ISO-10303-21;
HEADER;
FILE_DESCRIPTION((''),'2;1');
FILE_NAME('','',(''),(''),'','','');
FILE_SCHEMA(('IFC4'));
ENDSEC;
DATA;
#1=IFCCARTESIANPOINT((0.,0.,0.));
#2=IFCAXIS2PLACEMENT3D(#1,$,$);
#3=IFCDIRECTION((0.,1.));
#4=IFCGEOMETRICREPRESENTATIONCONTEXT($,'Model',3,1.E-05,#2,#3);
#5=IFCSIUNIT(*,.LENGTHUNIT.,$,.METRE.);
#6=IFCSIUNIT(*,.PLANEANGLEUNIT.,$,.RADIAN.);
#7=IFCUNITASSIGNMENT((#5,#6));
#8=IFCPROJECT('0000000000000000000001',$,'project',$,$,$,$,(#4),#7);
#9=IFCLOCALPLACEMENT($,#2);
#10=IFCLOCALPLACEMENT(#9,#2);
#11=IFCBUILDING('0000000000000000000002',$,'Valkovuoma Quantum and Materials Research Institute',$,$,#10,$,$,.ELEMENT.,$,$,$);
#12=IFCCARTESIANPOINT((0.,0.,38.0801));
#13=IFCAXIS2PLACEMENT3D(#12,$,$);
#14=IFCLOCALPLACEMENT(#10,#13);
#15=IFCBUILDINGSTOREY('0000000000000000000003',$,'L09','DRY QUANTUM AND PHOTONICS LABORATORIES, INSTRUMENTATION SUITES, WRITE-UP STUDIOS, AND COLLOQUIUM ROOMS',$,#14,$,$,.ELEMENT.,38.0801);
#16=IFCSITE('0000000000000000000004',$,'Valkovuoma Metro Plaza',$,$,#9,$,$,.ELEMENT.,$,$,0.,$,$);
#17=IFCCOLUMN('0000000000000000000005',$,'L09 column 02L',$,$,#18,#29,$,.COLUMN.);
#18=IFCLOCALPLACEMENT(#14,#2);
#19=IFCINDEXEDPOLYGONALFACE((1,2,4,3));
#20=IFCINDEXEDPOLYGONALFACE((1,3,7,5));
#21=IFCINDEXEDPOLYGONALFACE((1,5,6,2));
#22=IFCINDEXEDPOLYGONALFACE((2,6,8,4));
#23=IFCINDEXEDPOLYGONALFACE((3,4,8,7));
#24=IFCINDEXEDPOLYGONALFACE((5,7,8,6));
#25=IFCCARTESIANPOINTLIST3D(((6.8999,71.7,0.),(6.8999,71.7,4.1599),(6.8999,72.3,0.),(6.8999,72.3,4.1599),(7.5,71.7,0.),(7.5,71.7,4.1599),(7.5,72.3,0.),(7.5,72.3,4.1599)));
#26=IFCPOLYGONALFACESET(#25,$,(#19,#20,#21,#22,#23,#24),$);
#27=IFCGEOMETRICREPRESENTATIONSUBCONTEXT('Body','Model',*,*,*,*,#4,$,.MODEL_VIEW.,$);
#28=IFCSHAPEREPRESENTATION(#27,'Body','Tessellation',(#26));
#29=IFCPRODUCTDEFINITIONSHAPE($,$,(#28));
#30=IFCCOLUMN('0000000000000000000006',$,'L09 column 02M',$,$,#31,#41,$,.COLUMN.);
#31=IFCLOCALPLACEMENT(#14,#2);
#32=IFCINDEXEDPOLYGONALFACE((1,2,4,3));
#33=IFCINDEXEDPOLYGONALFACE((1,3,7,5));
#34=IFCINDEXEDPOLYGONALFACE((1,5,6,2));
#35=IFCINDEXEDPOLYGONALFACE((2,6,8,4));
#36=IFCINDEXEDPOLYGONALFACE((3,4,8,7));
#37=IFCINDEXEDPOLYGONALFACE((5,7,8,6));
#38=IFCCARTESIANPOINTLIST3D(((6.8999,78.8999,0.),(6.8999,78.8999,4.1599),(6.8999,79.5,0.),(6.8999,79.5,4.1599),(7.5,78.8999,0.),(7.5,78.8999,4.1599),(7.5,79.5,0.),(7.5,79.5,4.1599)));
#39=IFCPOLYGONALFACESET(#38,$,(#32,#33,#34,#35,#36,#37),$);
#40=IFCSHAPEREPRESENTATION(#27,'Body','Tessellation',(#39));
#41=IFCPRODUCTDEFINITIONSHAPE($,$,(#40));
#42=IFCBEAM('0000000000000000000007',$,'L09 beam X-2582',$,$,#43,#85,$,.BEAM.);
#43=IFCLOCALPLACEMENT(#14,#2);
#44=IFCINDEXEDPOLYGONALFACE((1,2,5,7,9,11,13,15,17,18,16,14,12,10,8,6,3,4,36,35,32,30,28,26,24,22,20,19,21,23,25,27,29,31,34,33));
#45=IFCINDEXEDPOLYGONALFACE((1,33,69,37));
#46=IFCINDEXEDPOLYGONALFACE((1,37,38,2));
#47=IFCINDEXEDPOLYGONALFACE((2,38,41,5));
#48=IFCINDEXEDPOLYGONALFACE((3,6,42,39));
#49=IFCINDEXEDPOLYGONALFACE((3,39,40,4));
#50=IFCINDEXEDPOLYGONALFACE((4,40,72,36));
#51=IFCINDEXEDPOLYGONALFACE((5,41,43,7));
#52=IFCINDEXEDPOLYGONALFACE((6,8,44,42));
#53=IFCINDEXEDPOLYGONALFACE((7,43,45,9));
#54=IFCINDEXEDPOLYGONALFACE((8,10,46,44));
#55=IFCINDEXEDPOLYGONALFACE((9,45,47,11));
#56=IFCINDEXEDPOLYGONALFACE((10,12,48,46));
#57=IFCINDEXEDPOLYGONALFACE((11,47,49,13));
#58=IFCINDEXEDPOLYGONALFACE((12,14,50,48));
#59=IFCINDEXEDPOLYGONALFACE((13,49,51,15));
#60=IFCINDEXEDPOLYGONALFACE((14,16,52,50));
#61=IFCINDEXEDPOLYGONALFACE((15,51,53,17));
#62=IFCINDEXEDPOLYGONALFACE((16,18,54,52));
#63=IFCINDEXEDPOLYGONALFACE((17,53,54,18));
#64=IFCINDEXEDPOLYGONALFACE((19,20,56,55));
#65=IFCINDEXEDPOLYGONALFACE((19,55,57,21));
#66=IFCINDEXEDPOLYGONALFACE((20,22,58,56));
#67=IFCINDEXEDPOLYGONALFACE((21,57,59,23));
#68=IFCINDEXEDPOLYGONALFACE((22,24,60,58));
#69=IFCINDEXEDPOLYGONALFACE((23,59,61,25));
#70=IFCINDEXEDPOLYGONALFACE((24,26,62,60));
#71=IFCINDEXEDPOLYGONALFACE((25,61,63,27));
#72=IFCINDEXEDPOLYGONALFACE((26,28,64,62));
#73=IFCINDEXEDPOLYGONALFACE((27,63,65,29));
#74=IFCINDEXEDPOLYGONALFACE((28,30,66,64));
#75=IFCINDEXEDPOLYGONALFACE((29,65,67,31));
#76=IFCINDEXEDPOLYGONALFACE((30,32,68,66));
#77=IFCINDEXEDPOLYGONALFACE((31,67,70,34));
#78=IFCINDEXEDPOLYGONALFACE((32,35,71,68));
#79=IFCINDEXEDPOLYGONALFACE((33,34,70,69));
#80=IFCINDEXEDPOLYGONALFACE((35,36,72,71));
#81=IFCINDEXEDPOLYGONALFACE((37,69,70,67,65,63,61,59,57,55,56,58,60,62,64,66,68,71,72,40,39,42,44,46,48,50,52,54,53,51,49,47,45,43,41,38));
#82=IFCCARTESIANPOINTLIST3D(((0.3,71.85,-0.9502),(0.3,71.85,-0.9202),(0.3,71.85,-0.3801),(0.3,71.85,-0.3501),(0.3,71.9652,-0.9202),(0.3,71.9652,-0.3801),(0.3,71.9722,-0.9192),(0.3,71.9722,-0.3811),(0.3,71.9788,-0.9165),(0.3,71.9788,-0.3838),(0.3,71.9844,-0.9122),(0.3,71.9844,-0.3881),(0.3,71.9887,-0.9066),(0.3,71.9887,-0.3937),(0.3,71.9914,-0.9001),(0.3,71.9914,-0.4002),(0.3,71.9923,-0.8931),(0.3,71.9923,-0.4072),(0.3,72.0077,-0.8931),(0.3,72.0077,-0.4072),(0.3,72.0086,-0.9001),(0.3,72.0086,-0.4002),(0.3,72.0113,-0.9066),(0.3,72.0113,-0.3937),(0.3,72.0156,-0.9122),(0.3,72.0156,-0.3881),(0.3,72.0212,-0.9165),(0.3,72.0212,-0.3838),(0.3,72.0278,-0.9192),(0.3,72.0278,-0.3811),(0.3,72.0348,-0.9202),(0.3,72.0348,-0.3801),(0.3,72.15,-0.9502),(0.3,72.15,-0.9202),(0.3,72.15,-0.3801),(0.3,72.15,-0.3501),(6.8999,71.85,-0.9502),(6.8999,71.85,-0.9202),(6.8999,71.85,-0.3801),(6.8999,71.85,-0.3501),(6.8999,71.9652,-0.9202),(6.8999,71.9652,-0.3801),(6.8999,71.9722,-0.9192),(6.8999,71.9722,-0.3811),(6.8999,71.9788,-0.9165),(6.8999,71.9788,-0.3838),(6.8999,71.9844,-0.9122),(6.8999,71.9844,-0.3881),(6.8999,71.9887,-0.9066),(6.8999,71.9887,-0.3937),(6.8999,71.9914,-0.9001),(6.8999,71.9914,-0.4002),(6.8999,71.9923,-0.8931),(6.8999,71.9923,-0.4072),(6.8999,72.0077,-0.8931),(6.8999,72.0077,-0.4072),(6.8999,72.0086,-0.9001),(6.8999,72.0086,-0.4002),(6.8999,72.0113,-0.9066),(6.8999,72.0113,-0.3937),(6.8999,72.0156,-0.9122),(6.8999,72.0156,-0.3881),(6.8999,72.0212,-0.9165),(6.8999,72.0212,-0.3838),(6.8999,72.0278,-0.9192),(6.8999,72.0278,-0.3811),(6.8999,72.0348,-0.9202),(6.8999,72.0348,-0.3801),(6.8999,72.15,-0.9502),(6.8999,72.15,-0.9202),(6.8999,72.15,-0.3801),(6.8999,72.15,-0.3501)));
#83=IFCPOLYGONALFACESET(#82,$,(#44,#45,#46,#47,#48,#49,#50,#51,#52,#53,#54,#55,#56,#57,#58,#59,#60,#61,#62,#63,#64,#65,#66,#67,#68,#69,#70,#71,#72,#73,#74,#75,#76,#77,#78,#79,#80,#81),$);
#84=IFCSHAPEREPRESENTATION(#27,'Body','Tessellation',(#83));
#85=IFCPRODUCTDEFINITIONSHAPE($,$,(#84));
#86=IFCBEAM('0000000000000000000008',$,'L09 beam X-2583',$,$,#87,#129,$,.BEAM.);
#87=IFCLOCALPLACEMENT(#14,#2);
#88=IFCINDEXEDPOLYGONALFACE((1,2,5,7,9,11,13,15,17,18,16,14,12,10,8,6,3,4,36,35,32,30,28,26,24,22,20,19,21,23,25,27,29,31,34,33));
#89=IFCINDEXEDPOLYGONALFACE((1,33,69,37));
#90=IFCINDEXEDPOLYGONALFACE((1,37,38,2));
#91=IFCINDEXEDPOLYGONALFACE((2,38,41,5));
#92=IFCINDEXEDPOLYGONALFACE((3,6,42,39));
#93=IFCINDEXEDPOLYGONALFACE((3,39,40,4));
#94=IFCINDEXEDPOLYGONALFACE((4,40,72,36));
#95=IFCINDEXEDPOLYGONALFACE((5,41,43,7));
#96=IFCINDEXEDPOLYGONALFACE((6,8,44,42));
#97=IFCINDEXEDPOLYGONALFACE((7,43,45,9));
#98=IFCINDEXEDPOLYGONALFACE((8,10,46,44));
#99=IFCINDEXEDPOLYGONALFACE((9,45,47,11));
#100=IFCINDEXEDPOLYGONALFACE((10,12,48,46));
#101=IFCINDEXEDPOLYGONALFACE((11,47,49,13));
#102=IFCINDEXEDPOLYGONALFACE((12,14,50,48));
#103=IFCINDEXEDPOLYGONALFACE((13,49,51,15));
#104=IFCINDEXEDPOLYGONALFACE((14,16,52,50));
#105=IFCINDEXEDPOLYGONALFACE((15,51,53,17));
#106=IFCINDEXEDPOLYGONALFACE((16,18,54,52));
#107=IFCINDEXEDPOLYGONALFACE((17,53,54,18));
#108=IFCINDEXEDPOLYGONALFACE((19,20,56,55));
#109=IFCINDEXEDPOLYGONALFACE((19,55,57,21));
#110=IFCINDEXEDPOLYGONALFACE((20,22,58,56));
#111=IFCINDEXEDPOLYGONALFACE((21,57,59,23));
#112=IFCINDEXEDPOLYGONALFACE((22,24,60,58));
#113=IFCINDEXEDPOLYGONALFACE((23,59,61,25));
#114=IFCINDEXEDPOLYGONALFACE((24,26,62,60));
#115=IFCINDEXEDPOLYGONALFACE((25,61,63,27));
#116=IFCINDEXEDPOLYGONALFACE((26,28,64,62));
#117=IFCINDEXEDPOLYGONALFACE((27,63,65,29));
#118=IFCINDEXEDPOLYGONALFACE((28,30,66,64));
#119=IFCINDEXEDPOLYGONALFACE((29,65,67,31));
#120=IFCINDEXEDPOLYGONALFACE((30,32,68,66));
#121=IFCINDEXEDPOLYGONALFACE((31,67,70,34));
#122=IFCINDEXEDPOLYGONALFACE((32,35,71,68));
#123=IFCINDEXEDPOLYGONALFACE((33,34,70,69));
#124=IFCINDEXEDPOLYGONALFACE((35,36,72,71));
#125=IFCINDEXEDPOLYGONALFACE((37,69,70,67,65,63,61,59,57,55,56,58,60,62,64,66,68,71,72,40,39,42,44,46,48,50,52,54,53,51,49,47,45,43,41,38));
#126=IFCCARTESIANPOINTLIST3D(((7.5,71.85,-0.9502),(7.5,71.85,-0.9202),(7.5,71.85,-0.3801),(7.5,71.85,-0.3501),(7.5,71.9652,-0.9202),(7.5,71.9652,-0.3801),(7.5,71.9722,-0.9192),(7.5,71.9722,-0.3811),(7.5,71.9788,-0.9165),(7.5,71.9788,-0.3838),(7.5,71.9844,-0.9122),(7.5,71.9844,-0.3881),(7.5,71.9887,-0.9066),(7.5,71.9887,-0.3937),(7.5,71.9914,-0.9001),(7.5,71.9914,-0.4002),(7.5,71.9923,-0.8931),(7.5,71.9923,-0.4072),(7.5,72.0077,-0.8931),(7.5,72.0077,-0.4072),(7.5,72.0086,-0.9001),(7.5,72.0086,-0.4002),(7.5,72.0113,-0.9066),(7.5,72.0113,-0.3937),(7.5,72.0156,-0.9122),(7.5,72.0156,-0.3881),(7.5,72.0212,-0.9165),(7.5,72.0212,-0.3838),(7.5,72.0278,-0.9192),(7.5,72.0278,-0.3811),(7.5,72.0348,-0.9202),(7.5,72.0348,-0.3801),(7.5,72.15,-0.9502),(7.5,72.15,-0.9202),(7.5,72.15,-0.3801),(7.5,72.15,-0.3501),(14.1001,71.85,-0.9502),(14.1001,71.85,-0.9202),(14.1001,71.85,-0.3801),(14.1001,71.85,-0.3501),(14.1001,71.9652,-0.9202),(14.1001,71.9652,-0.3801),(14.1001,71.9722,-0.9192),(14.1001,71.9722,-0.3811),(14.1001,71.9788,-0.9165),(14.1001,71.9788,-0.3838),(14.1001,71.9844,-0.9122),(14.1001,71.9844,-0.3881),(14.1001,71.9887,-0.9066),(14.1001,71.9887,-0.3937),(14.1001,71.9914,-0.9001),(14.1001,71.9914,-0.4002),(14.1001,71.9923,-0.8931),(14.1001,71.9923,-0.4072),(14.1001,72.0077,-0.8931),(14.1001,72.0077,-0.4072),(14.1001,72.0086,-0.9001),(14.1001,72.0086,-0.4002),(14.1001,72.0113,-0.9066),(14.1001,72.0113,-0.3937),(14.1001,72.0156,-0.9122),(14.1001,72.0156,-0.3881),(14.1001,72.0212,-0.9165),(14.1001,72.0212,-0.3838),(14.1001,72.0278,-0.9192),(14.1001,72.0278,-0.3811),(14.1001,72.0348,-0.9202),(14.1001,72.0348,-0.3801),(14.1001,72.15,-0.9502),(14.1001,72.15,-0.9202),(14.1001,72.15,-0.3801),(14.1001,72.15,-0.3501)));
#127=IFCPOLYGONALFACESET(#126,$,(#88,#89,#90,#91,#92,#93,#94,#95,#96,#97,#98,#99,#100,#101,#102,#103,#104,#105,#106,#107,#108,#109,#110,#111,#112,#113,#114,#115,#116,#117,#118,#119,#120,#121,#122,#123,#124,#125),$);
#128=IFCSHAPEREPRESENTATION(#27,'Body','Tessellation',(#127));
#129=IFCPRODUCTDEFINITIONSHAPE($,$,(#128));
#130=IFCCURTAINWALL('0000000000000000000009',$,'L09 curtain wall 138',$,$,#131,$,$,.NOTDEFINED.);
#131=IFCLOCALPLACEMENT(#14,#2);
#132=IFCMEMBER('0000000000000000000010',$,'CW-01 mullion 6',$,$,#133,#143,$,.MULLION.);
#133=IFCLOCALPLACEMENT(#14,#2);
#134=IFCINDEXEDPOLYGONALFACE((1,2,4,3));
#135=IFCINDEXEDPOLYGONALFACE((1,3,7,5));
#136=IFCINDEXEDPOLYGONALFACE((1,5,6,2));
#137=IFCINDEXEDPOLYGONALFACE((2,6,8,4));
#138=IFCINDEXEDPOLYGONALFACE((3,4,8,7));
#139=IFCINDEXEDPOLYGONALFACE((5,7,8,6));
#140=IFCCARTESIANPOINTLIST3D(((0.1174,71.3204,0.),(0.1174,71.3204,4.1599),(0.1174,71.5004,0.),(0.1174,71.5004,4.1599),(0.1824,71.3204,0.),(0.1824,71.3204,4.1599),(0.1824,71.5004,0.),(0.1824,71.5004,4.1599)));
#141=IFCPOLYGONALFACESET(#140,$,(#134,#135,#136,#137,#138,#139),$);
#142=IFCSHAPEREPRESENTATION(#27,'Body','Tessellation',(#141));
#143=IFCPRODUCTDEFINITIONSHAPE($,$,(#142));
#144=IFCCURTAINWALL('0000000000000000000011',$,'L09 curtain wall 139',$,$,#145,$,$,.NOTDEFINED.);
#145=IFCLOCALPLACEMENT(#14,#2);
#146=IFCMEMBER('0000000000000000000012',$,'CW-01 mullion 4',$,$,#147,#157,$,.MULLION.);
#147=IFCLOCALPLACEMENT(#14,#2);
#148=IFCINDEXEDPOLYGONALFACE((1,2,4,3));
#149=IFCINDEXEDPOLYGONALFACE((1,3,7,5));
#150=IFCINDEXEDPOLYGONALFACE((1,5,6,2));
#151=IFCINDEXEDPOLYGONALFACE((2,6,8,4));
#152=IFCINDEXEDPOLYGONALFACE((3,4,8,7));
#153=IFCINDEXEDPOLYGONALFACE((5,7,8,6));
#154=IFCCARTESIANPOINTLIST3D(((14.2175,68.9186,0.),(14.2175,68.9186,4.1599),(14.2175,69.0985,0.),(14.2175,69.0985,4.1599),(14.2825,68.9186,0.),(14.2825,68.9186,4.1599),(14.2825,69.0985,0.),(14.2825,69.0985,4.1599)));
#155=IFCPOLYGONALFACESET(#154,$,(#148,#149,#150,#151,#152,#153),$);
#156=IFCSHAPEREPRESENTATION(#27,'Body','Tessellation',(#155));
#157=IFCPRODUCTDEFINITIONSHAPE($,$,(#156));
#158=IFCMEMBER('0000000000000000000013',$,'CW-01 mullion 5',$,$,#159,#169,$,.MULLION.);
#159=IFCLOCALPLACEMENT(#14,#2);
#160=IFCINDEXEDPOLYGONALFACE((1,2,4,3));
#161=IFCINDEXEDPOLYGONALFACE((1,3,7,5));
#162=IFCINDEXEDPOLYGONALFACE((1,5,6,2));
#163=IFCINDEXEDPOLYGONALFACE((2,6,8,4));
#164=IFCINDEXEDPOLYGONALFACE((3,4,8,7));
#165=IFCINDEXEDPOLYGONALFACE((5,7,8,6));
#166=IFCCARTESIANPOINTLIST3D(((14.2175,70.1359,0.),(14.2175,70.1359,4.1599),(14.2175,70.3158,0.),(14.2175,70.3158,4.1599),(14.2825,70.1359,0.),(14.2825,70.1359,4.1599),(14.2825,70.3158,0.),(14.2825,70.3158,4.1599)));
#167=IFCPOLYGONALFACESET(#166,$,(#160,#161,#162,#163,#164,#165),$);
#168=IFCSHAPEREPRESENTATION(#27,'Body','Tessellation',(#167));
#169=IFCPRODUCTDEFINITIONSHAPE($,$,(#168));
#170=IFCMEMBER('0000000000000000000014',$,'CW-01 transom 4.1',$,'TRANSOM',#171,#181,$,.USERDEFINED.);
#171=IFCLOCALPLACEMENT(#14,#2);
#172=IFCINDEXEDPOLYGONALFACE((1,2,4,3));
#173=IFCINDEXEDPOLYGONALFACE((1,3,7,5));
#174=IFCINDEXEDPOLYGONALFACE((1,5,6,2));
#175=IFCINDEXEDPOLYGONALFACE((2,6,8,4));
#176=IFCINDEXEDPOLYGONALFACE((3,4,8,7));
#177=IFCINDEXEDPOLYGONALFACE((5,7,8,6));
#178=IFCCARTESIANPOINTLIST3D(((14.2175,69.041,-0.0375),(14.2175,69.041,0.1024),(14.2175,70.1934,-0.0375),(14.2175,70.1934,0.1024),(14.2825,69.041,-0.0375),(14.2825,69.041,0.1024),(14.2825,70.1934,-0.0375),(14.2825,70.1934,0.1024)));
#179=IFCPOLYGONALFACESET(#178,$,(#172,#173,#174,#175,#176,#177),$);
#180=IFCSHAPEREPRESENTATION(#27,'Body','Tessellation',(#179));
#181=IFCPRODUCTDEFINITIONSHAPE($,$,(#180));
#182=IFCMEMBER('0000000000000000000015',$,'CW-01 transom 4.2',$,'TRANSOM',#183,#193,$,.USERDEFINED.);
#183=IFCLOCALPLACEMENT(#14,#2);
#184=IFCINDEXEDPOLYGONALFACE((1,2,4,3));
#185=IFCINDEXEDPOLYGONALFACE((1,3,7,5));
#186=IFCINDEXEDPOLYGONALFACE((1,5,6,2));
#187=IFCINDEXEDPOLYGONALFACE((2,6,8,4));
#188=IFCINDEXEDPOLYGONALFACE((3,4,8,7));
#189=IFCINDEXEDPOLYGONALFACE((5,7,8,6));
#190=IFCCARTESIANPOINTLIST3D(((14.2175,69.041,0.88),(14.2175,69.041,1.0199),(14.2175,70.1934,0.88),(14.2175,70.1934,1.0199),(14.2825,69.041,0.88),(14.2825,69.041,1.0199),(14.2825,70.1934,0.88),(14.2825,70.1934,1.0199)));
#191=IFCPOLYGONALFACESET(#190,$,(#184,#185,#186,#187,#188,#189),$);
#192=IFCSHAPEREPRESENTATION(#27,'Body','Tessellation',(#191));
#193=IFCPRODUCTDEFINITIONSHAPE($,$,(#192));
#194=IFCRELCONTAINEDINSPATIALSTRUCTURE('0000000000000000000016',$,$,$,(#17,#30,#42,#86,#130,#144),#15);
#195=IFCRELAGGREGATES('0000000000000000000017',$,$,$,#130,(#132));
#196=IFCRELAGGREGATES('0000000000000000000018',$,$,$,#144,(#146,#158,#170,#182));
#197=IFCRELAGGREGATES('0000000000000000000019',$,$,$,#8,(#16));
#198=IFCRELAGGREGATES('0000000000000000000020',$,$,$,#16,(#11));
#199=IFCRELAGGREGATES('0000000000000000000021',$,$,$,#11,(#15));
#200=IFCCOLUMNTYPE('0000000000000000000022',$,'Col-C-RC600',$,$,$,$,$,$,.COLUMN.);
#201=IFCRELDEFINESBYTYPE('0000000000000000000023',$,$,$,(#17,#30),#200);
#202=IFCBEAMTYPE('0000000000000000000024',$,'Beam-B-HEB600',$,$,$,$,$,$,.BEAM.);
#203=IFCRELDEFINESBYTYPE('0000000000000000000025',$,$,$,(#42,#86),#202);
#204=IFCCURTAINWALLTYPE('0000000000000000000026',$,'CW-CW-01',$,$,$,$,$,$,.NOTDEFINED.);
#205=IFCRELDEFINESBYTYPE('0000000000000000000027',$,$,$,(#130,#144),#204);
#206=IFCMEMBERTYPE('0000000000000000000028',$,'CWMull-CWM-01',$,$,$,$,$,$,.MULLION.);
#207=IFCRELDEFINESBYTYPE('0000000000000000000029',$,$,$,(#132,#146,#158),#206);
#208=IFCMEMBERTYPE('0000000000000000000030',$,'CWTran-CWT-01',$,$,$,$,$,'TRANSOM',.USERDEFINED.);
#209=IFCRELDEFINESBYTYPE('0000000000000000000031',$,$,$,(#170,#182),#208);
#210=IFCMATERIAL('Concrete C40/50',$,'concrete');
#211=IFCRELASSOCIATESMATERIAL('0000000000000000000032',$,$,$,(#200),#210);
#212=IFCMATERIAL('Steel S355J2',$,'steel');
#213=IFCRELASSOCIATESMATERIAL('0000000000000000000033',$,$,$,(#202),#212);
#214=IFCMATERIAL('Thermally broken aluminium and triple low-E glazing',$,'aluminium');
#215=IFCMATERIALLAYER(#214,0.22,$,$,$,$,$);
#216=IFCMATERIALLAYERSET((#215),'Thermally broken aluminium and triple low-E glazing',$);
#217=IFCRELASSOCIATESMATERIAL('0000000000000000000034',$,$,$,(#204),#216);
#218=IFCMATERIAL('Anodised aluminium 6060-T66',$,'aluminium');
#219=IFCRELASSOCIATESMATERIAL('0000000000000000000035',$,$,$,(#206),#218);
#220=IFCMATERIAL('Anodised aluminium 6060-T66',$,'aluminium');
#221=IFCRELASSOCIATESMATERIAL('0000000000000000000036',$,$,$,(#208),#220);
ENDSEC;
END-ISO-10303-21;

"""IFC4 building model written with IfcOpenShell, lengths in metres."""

from ifc_helpers import new_model, si_unit, direction, frame, origin, origin_2d, place, context, subcontext, project, spatial, rectangle, i_section, extrude, material, layer, layer_set, material_profile, profile_set, type_object, element, aggregate, save


model = new_model("IFC4")

# Units and contexts
model_context = context("Model", 3, precision=1e-05, world=origin(), true_north=direction((0.0, 1.0)))
body_context = subcontext(model_context, "Body", "Model", "MODEL_VIEW")
ifc_project = project(units=[si_unit("LENGTHUNIT", "METRE"), si_unit("PLANEANGLEUNIT", "RADIAN")], contexts=[model_context])

# Site, building, storey
site_placement = place(None, origin())
site = spatial("IfcSite", under=ifc_project, at=site_placement, Name="Valkovuoma Metro Plaza", CompositionType="ELEMENT", RefElevation=0.0)
building_placement = place(site_placement, origin())
building = spatial("IfcBuilding", under=site, at=building_placement, Name="Valkovuoma Quantum and Materials Research Institute", CompositionType="ELEMENT")
storey_placement = place(building_placement, frame((0.0, 0.0, 38.0801)))
storey = spatial("IfcBuildingStorey", under=building, at=storey_placement, Name="L09", Description="DRY QUANTUM AND PHOTONICS LABORATORIES, INSTRUMENTATION SUITES, WRITE-UP STUDIOS, AND COLLOQUIUM ROOMS", CompositionType="ELEMENT", Elevation=38.0801)

# Columns
ifc_material_1 = material(Name="Concrete C40/50", Category="concrete")
ifc_material_profile_1 = material_profile(ifc_material_1, rectangle(XDim=0.6001, YDim=0.6001, at=origin_2d()), Name="Concrete C40/50")
ifc_profile_set_1 = profile_set([ifc_material_profile_1], Name="Concrete C40/50")
column_type = type_object("IfcColumnType", Name="Col-C-RC600", PredefinedType="COLUMN", material=ifc_profile_set_1)
for number, where, z_axis, x_axis, name in (
    (1, (7.2, 72.0, 0.0), (0.0, 0.0, 1.0), (1.0, 0.0, 0.0), "L09 column 02L"),
    (2, (7.2, 79.2, 0.0), (0.0, 0.0, 1.0), (1.0, 0.0, 0.0), "L09 column 02M"),
):
    element("IfcColumn", number, at=place(storey_placement, frame(where, z_axis=z_axis, x_axis=x_axis)), inside=storey, type_object=column_type, Name=name, PredefinedType="COLUMN", context=body_context, shape_type="SweptSolid", body=[
        extrude(rectangle(XDim=0.6001, YDim=0.6001, at=origin_2d()), origin(), (0.0, 0.0, 1.0), 4.1599),
    ])

# Beams
ifc_material_2 = material(Name="Steel S355J2", Category="steel")
ifc_material_profile_2 = material_profile(ifc_material_2, i_section(OverallWidth=0.3, OverallDepth=0.6001, WebThickness=0.0154, FlangeThickness=0.03, FilletRadius=0.0271, at=origin_2d()), Name="Steel S355J2")
ifc_profile_set_2 = profile_set([ifc_material_profile_2], Name="Steel S355J2")
beam_type = type_object("IfcBeamType", Name="Beam-B-HEB600", PredefinedType="BEAM", material=ifc_profile_set_2)
beam_1_placement = place(storey_placement, frame((0.3, 72.0, -0.6501), z_axis=(1.0, 0.0, 0.0), x_axis=(0.0, 1.0, 0.0)))
element("IfcBeam", 3, at=beam_1_placement, inside=storey, type_object=beam_type, Name="L09 beam X-2582", PredefinedType="BEAM", context=body_context, shape_type="SweptSolid", body=[
    extrude(i_section(OverallWidth=0.3, OverallDepth=0.6001, WebThickness=0.0154, FlangeThickness=0.03, FilletRadius=0.0271, at=origin_2d()), origin(), (0.0, 0.0, 1.0), 6.5999),
])
beam_2_placement = place(storey_placement, frame((7.5, 72.0, -0.6501), z_axis=(1.0, 0.0, 0.0), x_axis=(0.0, 1.0, 0.0)))
element("IfcBeam", 4, at=beam_2_placement, inside=storey, type_object=beam_type, Name="L09 beam X-2583", PredefinedType="BEAM", context=body_context, shape_type="SweptSolid", body=[
    extrude(i_section(OverallWidth=0.3, OverallDepth=0.6001, WebThickness=0.0154, FlangeThickness=0.03, FilletRadius=0.0271, at=origin_2d()), origin(), (0.0, 0.0, 1.0), 6.6001),
])

# Curtain wall, member
ifc_material_3 = material(Name="Thermally broken aluminium and triple low-E glazing", Category="aluminium")
ifc_layer_1 = layer(ifc_material_3, 0.22)
ifc_layer_set_1 = layer_set([ifc_layer_1], Name="Thermally broken aluminium and triple low-E glazing")
curtain_wall_type = type_object("IfcCurtainWallType", Name="CW-CW-01", PredefinedType="NOTDEFINED", material=ifc_layer_set_1)
curtain_wall_1_placement = place(storey_placement, origin())
curtain_wall_1 = element("IfcCurtainWall", 5, at=curtain_wall_1_placement, inside=storey, type_object=curtain_wall_type, Name="L09 curtain wall 138", PredefinedType="NOTDEFINED")
ifc_material_4 = material(Name="Anodised aluminium 6060-T66", Category="aluminium")
ifc_material_profile_3 = material_profile(ifc_material_4, rectangle(XDim=0.0649, YDim=0.1799, at=origin_2d()), Name="Anodised aluminium 6060-T66")
ifc_profile_set_3 = profile_set([ifc_material_profile_3], Name="Anodised aluminium 6060-T66")
member_type_1 = type_object("IfcMemberType", Name="CWMull-CWM-01", PredefinedType="MULLION", material=ifc_profile_set_3)
member_1_placement = place(storey_placement, frame((0.1499, 71.4104, 0.0), z_axis=(0.0, 0.0, 1.0), x_axis=(-1.0, 0.0, 0.0)))
member_1 = element("IfcMember", 6, at=member_1_placement, type_object=member_type_1, Name="CW-01 mullion 6", PredefinedType="MULLION", context=body_context, shape_type="SweptSolid", body=[
    extrude(rectangle(XDim=0.0649, YDim=0.1799, at=origin_2d()), origin(), (0.0, 0.0, 1.0), 4.1599),
])

# Curtain wall, members
curtain_wall_2_placement = place(storey_placement, origin())
curtain_wall_2 = element("IfcCurtainWall", 7, at=curtain_wall_2_placement, inside=storey, type_object=curtain_wall_type, Name="L09 curtain wall 139", PredefinedType="NOTDEFINED")
member_2_placement = place(storey_placement, frame((14.25, 69.0085, 0.0), z_axis=(0.0, 0.0, 1.0), x_axis=(-1.0, 0.0, 0.0)))
member_2 = element("IfcMember", 8, at=member_2_placement, type_object=member_type_1, Name="CW-01 mullion 4", PredefinedType="MULLION", context=body_context, shape_type="SweptSolid", body=[
    extrude(rectangle(XDim=0.0649, YDim=0.1799, at=origin_2d()), origin(), (0.0, 0.0, 1.0), 4.1599),
])
member_3_placement = place(storey_placement, frame((14.25, 70.2258, 0.0), z_axis=(0.0, 0.0, 1.0), x_axis=(-1.0, 0.0, 0.0)))
member_3 = element("IfcMember", 9, at=member_3_placement, type_object=member_type_1, Name="CW-01 mullion 5", PredefinedType="MULLION", context=body_context, shape_type="SweptSolid", body=[
    extrude(rectangle(XDim=0.0649, YDim=0.1799, at=origin_2d()), origin(), (0.0, 0.0, 1.0), 4.1599),
])
ifc_material_5 = material(Name="Anodised aluminium 6060-T66", Category="aluminium")
ifc_material_profile_4 = material_profile(ifc_material_5, rectangle(XDim=0.0649, YDim=0.1399, at=origin_2d()), Name="Anodised aluminium 6060-T66")
ifc_profile_set_4 = profile_set([ifc_material_profile_4], Name="Anodised aluminium 6060-T66")
member_type_2 = type_object("IfcMemberType", Name="CWTran-CWT-01", ElementType="TRANSOM", PredefinedType="USERDEFINED", material=ifc_profile_set_4)
member_4_placement = place(storey_placement, frame((14.25, 69.041, 0.0325), z_axis=(0.0, 1.0, 0.0), x_axis=(-1.0, 0.0, 0.0)))
member_4 = element("IfcMember", 10, at=member_4_placement, type_object=member_type_2, Name="CW-01 transom 4.1", ObjectType="TRANSOM", PredefinedType="USERDEFINED", context=body_context, shape_type="SweptSolid", body=[
    extrude(rectangle(XDim=0.0649, YDim=0.1399, at=origin_2d()), origin(), (0.0, 0.0, 1.0), 1.1523),
])
member_5_placement = place(storey_placement, frame((14.25, 69.041, 0.95), z_axis=(0.0, 1.0, 0.0), x_axis=(-1.0, 0.0, 0.0)))
member_5 = element("IfcMember", 11, at=member_5_placement, type_object=member_type_2, Name="CW-01 transom 4.2", ObjectType="TRANSOM", PredefinedType="USERDEFINED", context=body_context, shape_type="SweptSolid", body=[
    extrude(rectangle(XDim=0.0649, YDim=0.1399, at=origin_2d()), origin(), (0.0, 0.0, 1.0), 1.1523),
])

aggregate(curtain_wall_1, [member_1])
aggregate(curtain_wall_2, [member_2, member_3, member_4, member_5])

save(model, "model.ifc")
